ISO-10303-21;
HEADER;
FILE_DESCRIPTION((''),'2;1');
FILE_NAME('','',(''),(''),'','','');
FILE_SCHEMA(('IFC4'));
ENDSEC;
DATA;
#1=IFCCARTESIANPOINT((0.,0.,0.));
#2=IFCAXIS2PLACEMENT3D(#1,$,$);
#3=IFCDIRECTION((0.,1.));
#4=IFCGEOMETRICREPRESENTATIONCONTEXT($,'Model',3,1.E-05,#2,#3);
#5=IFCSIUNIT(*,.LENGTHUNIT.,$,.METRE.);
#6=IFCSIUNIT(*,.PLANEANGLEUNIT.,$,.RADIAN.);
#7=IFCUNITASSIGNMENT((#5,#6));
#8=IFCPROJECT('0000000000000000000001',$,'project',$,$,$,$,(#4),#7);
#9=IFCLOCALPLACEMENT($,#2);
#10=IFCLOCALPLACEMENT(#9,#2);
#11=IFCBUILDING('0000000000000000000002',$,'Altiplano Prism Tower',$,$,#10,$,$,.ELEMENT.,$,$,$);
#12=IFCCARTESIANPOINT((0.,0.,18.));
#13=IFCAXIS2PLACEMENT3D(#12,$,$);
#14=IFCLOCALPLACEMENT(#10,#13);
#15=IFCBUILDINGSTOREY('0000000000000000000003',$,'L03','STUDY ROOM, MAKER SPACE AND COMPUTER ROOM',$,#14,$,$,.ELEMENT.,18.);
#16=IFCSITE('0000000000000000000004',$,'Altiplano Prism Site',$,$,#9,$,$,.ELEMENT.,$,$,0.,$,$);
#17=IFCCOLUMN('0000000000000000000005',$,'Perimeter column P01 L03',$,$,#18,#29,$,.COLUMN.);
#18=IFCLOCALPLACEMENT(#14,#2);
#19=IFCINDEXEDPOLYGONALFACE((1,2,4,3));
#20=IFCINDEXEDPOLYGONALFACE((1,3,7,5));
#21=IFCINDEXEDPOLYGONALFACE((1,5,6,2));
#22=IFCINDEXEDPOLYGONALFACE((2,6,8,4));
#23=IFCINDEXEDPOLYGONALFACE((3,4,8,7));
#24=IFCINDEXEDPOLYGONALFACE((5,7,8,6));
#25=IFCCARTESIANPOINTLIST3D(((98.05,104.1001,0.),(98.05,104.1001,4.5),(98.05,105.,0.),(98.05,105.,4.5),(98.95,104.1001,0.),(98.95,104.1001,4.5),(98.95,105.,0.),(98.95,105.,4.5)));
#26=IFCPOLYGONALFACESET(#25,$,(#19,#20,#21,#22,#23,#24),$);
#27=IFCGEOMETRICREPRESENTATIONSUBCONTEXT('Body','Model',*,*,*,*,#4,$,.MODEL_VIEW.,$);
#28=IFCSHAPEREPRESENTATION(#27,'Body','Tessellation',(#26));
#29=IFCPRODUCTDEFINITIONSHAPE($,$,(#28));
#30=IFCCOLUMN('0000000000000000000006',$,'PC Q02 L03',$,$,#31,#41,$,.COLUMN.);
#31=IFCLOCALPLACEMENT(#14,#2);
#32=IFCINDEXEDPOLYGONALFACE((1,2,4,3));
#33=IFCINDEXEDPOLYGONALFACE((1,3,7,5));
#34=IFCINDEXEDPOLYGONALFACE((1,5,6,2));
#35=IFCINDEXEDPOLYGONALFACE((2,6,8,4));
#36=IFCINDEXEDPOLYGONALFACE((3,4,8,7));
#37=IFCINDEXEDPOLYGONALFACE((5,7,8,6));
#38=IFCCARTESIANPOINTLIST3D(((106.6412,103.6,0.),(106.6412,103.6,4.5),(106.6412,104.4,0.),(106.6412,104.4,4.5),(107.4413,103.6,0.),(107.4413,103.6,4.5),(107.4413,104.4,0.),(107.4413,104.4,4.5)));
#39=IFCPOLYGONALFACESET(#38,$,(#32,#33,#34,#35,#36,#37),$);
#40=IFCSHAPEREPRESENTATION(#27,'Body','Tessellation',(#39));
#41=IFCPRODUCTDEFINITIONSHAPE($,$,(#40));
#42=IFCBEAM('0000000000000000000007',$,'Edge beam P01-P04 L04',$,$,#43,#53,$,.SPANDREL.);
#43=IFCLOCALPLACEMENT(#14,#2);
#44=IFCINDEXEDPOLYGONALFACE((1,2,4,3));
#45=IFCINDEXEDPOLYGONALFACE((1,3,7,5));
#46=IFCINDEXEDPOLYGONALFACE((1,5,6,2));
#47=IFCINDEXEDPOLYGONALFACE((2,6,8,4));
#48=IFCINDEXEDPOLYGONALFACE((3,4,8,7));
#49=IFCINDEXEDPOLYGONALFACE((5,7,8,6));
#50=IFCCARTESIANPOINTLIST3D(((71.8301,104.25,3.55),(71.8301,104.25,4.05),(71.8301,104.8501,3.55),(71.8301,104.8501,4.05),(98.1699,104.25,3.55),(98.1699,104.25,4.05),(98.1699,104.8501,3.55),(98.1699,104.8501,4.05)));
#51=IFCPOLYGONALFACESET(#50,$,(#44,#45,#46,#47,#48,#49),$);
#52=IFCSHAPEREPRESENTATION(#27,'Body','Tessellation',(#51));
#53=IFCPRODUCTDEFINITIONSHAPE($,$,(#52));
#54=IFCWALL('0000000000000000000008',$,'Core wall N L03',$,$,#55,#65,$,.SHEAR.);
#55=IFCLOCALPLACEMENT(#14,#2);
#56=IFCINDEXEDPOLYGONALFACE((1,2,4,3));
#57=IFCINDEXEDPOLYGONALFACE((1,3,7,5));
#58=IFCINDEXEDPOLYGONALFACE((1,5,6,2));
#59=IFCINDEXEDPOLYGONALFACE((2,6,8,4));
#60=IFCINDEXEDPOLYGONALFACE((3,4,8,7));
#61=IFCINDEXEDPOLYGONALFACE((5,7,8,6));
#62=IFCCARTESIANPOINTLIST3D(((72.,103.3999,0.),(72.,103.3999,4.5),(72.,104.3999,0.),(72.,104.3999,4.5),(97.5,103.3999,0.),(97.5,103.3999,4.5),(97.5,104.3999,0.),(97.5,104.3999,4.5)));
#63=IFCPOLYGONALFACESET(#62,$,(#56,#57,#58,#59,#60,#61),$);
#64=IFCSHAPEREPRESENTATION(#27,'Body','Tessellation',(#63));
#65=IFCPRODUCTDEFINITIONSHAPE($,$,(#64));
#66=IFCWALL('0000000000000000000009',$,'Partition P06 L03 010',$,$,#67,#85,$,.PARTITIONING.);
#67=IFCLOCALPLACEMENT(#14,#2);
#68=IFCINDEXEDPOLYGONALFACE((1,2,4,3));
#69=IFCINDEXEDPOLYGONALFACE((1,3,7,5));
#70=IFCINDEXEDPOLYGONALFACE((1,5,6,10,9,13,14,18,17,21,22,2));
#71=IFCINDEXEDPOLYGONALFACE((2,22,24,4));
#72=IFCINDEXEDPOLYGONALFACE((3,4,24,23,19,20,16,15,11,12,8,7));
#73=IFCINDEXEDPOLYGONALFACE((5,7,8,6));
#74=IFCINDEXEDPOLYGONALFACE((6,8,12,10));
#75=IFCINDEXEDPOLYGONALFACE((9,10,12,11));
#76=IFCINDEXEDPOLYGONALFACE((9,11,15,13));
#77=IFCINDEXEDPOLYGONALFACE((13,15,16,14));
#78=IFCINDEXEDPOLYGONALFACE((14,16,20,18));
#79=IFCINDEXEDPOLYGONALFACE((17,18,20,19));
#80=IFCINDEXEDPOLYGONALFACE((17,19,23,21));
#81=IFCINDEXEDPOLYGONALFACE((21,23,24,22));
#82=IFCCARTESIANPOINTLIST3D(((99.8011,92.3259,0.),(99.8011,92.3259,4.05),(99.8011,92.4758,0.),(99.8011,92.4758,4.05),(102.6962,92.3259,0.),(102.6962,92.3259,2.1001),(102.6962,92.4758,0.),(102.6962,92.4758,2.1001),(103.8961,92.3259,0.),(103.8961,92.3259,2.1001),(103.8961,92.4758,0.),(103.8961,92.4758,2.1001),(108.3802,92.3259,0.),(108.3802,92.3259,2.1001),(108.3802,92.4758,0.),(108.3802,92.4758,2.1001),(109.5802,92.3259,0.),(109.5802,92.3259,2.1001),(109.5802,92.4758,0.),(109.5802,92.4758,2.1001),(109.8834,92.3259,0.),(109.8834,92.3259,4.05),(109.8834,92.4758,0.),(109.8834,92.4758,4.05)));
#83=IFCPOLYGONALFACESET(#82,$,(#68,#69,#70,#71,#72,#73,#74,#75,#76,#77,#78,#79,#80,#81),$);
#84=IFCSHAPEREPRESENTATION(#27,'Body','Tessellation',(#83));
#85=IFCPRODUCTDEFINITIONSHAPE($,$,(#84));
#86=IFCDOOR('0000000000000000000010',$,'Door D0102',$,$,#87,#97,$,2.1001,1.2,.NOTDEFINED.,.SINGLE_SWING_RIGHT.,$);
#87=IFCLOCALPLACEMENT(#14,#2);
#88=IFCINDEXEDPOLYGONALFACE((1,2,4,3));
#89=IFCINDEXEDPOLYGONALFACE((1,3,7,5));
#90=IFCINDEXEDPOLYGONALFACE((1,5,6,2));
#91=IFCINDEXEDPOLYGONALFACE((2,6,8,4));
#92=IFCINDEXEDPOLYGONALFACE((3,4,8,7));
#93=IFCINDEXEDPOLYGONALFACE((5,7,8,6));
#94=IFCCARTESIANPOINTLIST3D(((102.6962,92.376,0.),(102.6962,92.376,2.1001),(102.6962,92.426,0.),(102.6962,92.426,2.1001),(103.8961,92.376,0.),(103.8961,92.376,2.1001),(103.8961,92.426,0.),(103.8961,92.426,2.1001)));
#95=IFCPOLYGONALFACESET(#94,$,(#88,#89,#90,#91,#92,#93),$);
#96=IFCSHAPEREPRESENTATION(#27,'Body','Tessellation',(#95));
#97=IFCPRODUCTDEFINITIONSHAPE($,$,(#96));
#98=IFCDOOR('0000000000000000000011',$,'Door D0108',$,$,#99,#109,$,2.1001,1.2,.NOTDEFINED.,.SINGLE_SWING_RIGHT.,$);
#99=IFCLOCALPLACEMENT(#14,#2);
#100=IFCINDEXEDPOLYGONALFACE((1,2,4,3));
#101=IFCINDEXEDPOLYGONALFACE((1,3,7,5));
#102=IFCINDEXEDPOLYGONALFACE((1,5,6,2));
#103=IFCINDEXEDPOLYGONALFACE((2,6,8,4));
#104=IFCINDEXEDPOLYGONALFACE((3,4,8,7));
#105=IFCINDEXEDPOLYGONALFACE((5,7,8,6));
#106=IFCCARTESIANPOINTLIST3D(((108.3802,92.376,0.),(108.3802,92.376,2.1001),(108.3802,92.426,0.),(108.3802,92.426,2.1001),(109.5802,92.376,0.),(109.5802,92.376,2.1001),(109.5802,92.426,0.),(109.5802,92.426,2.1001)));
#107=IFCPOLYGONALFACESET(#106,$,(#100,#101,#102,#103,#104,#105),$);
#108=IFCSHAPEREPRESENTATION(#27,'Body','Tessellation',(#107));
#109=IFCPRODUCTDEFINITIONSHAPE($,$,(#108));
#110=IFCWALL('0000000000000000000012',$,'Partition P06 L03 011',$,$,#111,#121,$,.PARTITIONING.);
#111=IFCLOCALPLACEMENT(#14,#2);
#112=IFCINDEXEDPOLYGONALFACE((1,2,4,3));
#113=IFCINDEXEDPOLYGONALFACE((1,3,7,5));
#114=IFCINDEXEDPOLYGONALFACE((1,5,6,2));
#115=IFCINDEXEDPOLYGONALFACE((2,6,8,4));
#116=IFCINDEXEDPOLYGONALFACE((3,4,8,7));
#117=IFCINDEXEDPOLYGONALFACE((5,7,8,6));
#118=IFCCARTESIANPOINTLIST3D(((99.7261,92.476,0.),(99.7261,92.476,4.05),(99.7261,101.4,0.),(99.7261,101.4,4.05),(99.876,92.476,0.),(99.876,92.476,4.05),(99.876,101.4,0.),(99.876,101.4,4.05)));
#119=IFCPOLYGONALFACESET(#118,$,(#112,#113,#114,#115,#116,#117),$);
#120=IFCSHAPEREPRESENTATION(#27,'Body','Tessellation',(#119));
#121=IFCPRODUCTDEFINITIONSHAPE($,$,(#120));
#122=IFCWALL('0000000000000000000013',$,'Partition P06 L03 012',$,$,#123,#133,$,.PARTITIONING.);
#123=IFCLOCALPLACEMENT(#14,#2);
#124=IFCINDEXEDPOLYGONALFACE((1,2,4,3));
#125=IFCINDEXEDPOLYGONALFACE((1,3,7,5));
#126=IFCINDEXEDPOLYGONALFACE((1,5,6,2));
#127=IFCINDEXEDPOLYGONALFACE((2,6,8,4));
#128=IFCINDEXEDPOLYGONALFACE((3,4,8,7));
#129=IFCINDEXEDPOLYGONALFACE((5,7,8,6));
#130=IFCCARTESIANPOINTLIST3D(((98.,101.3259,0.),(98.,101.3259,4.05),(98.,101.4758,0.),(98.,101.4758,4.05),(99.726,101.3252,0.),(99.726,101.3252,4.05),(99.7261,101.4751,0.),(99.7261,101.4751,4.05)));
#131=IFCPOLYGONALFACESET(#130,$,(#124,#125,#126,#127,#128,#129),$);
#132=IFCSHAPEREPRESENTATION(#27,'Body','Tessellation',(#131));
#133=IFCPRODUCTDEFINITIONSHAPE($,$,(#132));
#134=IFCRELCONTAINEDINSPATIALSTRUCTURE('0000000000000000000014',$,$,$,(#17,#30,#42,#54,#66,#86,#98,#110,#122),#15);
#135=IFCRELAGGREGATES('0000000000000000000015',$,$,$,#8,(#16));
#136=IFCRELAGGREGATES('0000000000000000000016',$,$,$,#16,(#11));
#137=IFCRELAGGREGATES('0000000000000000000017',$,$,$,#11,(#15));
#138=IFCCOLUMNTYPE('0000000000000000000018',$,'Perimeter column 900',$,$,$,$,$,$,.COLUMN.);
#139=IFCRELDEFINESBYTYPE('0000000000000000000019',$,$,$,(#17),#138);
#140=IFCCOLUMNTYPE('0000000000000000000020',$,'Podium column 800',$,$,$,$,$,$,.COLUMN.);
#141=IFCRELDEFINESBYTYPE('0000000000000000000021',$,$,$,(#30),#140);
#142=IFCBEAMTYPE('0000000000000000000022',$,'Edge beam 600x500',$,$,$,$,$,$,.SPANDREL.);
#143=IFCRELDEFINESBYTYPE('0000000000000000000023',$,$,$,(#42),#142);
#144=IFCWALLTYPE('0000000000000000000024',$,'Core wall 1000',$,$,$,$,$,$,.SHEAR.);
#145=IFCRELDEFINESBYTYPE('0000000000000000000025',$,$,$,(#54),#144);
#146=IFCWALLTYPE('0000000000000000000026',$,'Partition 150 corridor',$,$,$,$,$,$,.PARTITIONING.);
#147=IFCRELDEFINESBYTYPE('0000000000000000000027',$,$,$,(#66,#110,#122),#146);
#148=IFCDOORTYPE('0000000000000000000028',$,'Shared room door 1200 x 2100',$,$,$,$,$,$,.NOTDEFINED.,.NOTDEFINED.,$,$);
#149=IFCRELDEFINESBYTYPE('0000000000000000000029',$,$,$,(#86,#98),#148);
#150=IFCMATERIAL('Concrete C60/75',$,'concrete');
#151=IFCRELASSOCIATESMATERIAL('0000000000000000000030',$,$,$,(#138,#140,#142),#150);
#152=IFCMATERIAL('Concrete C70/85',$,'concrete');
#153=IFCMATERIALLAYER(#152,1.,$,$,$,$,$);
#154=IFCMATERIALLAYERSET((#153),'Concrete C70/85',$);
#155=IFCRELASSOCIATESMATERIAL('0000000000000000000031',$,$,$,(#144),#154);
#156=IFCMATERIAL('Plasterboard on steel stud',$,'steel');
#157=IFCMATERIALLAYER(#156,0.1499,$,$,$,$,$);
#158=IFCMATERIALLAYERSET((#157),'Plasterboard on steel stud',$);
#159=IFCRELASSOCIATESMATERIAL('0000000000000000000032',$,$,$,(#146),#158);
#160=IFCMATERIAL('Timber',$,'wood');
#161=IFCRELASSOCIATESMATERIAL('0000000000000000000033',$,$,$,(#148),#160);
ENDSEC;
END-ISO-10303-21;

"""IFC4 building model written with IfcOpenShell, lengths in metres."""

from ifc_helpers import new_model, si_unit, direction, frame, frame_2d, origin, origin_2d, place, context, subcontext, project, spatial, rectangle, extrude, material, layer, layer_set, material_profile, profile_set, type_object, element, fill, save


model = new_model("IFC4")

# Units and contexts
model_context = context("Model", 3, precision=1e-05, world=origin(), true_north=direction((0.0, 1.0)))
body_context = subcontext(model_context, "Body", "Model", "MODEL_VIEW")
ifc_project = project(units=[si_unit("LENGTHUNIT", "METRE"), si_unit("PLANEANGLEUNIT", "RADIAN")], contexts=[model_context])

# Site, building, storey
site_placement = place(None, origin())
site = spatial("IfcSite", under=ifc_project, at=site_placement, Name="Altiplano Prism Site", CompositionType="ELEMENT", RefElevation=0.0)
building_placement = place(site_placement, origin())
building = spatial("IfcBuilding", under=site, at=building_placement, Name="Altiplano Prism Tower", CompositionType="ELEMENT")
storey_placement = place(building_placement, frame((0.0, 0.0, 18.0)))
storey = spatial("IfcBuildingStorey", under=building, at=storey_placement, Name="L03", Description="STUDY ROOM, MAKER SPACE AND COMPUTER ROOM", CompositionType="ELEMENT", Elevation=18.0)

# Columns
ifc_material_1 = material(Name="Concrete C60/75", Category="concrete")
ifc_material_profile_1 = material_profile(ifc_material_1, rectangle(XDim=0.8999, YDim=0.8999, at=origin_2d()), Name="Perimeter column 900")
ifc_profile_set_1 = profile_set([ifc_material_profile_1], Name="Concrete C60/75")
column_type_1 = type_object("IfcColumnType", Name="Perimeter column 900", PredefinedType="COLUMN", material=ifc_profile_set_1)
column_1_placement = place(storey_placement, frame((98.5, 104.55, 0.0), z_axis=(0.0, 0.0, 1.0), x_axis=(1.0, 0.0, 0.0)))
element("IfcColumn", 1, at=column_1_placement, inside=storey, type_object=column_type_1, Name="Perimeter column P01 L03", PredefinedType="COLUMN", context=body_context, shape_type="SweptSolid", body=[
    extrude(rectangle(XDim=0.8999, YDim=0.8999, at=origin_2d()), origin(), (0.0, 0.0, 1.0), 4.5),
])
ifc_material_profile_2 = material_profile(ifc_material_1, rectangle(XDim=0.8, YDim=0.8, at=origin_2d()), Name="Podium column 800")
ifc_profile_set_2 = profile_set([ifc_material_profile_2], Name="Concrete C60/75")
column_type_2 = type_object("IfcColumnType", Name="Podium column 800", PredefinedType="COLUMN", material=ifc_profile_set_2)
column_2_placement = place(storey_placement, frame((107.0413, 104.0, 0.0), z_axis=(0.0, 0.0, 1.0), x_axis=(1.0, 0.0, 0.0)))
element("IfcColumn", 2, at=column_2_placement, inside=storey, type_object=column_type_2, Name="PC Q02 L03", PredefinedType="COLUMN", context=body_context, shape_type="SweptSolid", body=[
    extrude(rectangle(XDim=0.8, YDim=0.8, at=origin_2d()), origin(), (0.0, 0.0, 1.0), 4.5),
])

# Beam
ifc_material_profile_3 = material_profile(ifc_material_1, rectangle(XDim=0.6001, YDim=0.5, at=origin_2d()), Name="Edge beam 600x500")
ifc_profile_set_3 = profile_set([ifc_material_profile_3], Name="Concrete C60/75")
beam_type = type_object("IfcBeamType", Name="Edge beam 600x500", PredefinedType="SPANDREL", material=ifc_profile_set_3)
beam_placement = place(storey_placement, frame((98.1699, 104.55, 3.8), z_axis=(-1.0, 0.0, 0.0), x_axis=(0.0, -1.0, 0.0)))
element("IfcBeam", 3, at=beam_placement, inside=storey, type_object=beam_type, Name="Edge beam P01-P04 L04", PredefinedType="SPANDREL", context=body_context, shape_type="SweptSolid", body=[
    extrude(rectangle(XDim=0.6001, YDim=0.5, at=origin_2d()), origin(), (0.0, 0.0, 1.0), 26.3398),
])

# Wall
ifc_material_2 = material(Name="Concrete C70/85", Category="concrete")
ifc_layer_1 = layer(ifc_material_2, 1.0)
ifc_layer_set_1 = layer_set([ifc_layer_1], Name="Concrete C70/85")
wall_type_1 = type_object("IfcWallType", Name="Core wall 1000", PredefinedType="SHEAR", material=ifc_layer_set_1)
wall_1_placement = place(storey_placement, frame((97.5, 103.8999, 0.0), z_axis=(0.0, 0.0, 1.0), x_axis=(-1.0, 0.0, 0.0)))
element("IfcWall", 4, at=wall_1_placement, inside=storey, type_object=wall_type_1, Name="Core wall N L03", PredefinedType="SHEAR", context=body_context, shape_type="SweptSolid", body=[
    extrude(rectangle(XDim=25.5, YDim=1.0, at=frame_2d((12.75, 0.0))), origin(), (0.0, 0.0, 1.0), 4.5),
])

# Wall, openings, doors
ifc_material_3 = material(Name="Plasterboard on steel stud", Category="steel")
ifc_layer_2 = layer(ifc_material_3, 0.1499)
ifc_layer_set_2 = layer_set([ifc_layer_2], Name="Plasterboard on steel stud")
wall_type_2 = type_object("IfcWallType", Name="Partition 150 corridor", PredefinedType="PARTITIONING", material=ifc_layer_set_2)
wall_2_placement = place(storey_placement, frame((109.8833, 92.4009, 0.0), z_axis=(0.0, 0.0, 1.0), x_axis=(-1.0, 0.0, 0.0)))
wall_2 = element("IfcWall", 5, at=wall_2_placement, inside=storey, type_object=wall_type_2, Name="Partition P06 L03 010", PredefinedType="PARTITIONING", context=body_context, shape_type="SweptSolid", body=[
    extrude(rectangle(XDim=10.0823, YDim=0.1499, at=frame_2d((5.041, 0.0))), origin(), (0.0, 0.0, 1.0), 4.05),
])
opening_1_placement = place(wall_2_placement, frame((5.9871, 0.0, 0.0)))
opening_1 = element("IfcOpeningElement", 6, at=opening_1_placement, cuts=wall_2, PredefinedType="OPENING", context=body_context, shape_type="SweptSolid", body=[
    extrude(rectangle(XDim=1.2, YDim=2.1001, at=frame_2d((0.6001, 1.05))), frame((0.0, 0.0854, 0.0), z_axis=(0.0, -1.0, 0.0), x_axis=(1.0, 0.0, 0.0)), (0.0, 0.0, 1.0), 0.1709),
])
opening_2_placement = place(wall_2_placement, frame((0.303, 0.0, 0.0)))
opening_2 = element("IfcOpeningElement", 7, at=opening_2_placement, cuts=wall_2, PredefinedType="OPENING", context=body_context, shape_type="SweptSolid", body=[
    extrude(rectangle(XDim=1.2, YDim=2.1001, at=frame_2d((0.6001, 1.05))), frame((0.0, 0.0854, 0.0), z_axis=(0.0, -1.0, 0.0), x_axis=(1.0, 0.0, 0.0)), (0.0, 0.0, 1.0), 0.1709),
])
ifc_material_4 = material(Name="Timber", Category="wood")
door_type_1 = type_object("IfcDoorType", Name="Shared room door 1200 x 2100", OperationType="NOTDEFINED", PredefinedType="NOTDEFINED", material=ifc_material_4)
door_1_placement = place(opening_1_placement, origin())
door_1 = element("IfcDoor", 8, at=door_1_placement, inside=storey, type_object=door_type_1, Name="Door D0102", OperationType="SINGLE_SWING_RIGHT", OverallHeight=2.1001, OverallWidth=1.2, PredefinedType="NOTDEFINED", context=body_context, shape_type="SweptSolid", body=[
    extrude(rectangle(XDim=1.2, YDim=2.1001, at=frame_2d((0.6001, 1.05))), frame((0.0, 0.0249, 0.0), z_axis=(0.0, -1.0, 0.0), x_axis=(1.0, 0.0, 0.0)), (0.0, 0.0, 1.0), 0.05),
])
fill(opening_1, door_1)
door_2_placement = place(opening_2_placement, origin())
door_2 = element("IfcDoor", 9, at=door_2_placement, inside=storey, type_object=door_type_1, Name="Door D0108", OperationType="SINGLE_SWING_RIGHT", OverallHeight=2.1001, OverallWidth=1.2, PredefinedType="NOTDEFINED", context=body_context, shape_type="SweptSolid", body=[
    extrude(rectangle(XDim=1.2, YDim=2.1001, at=frame_2d((0.6001, 1.05))), frame((0.0, 0.0249, 0.0), z_axis=(0.0, -1.0, 0.0), x_axis=(1.0, 0.0, 0.0)), (0.0, 0.0, 1.0), 0.05),
])
fill(opening_2, door_2)

# Walls
wall_3_placement = place(storey_placement, frame((99.801, 92.4761, 0.0), z_axis=(0.0, 0.0, 1.0), x_axis=(0.0, 1.0, 0.0)))
element("IfcWall", 10, at=wall_3_placement, inside=storey, type_object=wall_type_2, Name="Partition P06 L03 011", PredefinedType="PARTITIONING", context=body_context, shape_type="SweptSolid", body=[
    extrude(rectangle(XDim=8.9241, YDim=0.1499, at=frame_2d((4.4619, 0.0))), origin(), (0.0, 0.0, 1.0), 4.05),
])
wall_4_placement = place(storey_placement, frame((99.7261, 101.4001, 0.0), z_axis=(0.0, 0.0, 1.0), x_axis=(-1.0, 0.000424, 0.0)))
element("IfcWall", 11, at=wall_4_placement, inside=storey, type_object=wall_type_2, Name="Partition P06 L03 012", PredefinedType="PARTITIONING", context=body_context, shape_type="SweptSolid", body=[
    extrude(rectangle(XDim=1.7261, YDim=0.1499, at=frame_2d((0.863, 0.0))), origin(), (0.0, 0.0, 1.0), 4.05),
])

save(model, "model.ifc")
